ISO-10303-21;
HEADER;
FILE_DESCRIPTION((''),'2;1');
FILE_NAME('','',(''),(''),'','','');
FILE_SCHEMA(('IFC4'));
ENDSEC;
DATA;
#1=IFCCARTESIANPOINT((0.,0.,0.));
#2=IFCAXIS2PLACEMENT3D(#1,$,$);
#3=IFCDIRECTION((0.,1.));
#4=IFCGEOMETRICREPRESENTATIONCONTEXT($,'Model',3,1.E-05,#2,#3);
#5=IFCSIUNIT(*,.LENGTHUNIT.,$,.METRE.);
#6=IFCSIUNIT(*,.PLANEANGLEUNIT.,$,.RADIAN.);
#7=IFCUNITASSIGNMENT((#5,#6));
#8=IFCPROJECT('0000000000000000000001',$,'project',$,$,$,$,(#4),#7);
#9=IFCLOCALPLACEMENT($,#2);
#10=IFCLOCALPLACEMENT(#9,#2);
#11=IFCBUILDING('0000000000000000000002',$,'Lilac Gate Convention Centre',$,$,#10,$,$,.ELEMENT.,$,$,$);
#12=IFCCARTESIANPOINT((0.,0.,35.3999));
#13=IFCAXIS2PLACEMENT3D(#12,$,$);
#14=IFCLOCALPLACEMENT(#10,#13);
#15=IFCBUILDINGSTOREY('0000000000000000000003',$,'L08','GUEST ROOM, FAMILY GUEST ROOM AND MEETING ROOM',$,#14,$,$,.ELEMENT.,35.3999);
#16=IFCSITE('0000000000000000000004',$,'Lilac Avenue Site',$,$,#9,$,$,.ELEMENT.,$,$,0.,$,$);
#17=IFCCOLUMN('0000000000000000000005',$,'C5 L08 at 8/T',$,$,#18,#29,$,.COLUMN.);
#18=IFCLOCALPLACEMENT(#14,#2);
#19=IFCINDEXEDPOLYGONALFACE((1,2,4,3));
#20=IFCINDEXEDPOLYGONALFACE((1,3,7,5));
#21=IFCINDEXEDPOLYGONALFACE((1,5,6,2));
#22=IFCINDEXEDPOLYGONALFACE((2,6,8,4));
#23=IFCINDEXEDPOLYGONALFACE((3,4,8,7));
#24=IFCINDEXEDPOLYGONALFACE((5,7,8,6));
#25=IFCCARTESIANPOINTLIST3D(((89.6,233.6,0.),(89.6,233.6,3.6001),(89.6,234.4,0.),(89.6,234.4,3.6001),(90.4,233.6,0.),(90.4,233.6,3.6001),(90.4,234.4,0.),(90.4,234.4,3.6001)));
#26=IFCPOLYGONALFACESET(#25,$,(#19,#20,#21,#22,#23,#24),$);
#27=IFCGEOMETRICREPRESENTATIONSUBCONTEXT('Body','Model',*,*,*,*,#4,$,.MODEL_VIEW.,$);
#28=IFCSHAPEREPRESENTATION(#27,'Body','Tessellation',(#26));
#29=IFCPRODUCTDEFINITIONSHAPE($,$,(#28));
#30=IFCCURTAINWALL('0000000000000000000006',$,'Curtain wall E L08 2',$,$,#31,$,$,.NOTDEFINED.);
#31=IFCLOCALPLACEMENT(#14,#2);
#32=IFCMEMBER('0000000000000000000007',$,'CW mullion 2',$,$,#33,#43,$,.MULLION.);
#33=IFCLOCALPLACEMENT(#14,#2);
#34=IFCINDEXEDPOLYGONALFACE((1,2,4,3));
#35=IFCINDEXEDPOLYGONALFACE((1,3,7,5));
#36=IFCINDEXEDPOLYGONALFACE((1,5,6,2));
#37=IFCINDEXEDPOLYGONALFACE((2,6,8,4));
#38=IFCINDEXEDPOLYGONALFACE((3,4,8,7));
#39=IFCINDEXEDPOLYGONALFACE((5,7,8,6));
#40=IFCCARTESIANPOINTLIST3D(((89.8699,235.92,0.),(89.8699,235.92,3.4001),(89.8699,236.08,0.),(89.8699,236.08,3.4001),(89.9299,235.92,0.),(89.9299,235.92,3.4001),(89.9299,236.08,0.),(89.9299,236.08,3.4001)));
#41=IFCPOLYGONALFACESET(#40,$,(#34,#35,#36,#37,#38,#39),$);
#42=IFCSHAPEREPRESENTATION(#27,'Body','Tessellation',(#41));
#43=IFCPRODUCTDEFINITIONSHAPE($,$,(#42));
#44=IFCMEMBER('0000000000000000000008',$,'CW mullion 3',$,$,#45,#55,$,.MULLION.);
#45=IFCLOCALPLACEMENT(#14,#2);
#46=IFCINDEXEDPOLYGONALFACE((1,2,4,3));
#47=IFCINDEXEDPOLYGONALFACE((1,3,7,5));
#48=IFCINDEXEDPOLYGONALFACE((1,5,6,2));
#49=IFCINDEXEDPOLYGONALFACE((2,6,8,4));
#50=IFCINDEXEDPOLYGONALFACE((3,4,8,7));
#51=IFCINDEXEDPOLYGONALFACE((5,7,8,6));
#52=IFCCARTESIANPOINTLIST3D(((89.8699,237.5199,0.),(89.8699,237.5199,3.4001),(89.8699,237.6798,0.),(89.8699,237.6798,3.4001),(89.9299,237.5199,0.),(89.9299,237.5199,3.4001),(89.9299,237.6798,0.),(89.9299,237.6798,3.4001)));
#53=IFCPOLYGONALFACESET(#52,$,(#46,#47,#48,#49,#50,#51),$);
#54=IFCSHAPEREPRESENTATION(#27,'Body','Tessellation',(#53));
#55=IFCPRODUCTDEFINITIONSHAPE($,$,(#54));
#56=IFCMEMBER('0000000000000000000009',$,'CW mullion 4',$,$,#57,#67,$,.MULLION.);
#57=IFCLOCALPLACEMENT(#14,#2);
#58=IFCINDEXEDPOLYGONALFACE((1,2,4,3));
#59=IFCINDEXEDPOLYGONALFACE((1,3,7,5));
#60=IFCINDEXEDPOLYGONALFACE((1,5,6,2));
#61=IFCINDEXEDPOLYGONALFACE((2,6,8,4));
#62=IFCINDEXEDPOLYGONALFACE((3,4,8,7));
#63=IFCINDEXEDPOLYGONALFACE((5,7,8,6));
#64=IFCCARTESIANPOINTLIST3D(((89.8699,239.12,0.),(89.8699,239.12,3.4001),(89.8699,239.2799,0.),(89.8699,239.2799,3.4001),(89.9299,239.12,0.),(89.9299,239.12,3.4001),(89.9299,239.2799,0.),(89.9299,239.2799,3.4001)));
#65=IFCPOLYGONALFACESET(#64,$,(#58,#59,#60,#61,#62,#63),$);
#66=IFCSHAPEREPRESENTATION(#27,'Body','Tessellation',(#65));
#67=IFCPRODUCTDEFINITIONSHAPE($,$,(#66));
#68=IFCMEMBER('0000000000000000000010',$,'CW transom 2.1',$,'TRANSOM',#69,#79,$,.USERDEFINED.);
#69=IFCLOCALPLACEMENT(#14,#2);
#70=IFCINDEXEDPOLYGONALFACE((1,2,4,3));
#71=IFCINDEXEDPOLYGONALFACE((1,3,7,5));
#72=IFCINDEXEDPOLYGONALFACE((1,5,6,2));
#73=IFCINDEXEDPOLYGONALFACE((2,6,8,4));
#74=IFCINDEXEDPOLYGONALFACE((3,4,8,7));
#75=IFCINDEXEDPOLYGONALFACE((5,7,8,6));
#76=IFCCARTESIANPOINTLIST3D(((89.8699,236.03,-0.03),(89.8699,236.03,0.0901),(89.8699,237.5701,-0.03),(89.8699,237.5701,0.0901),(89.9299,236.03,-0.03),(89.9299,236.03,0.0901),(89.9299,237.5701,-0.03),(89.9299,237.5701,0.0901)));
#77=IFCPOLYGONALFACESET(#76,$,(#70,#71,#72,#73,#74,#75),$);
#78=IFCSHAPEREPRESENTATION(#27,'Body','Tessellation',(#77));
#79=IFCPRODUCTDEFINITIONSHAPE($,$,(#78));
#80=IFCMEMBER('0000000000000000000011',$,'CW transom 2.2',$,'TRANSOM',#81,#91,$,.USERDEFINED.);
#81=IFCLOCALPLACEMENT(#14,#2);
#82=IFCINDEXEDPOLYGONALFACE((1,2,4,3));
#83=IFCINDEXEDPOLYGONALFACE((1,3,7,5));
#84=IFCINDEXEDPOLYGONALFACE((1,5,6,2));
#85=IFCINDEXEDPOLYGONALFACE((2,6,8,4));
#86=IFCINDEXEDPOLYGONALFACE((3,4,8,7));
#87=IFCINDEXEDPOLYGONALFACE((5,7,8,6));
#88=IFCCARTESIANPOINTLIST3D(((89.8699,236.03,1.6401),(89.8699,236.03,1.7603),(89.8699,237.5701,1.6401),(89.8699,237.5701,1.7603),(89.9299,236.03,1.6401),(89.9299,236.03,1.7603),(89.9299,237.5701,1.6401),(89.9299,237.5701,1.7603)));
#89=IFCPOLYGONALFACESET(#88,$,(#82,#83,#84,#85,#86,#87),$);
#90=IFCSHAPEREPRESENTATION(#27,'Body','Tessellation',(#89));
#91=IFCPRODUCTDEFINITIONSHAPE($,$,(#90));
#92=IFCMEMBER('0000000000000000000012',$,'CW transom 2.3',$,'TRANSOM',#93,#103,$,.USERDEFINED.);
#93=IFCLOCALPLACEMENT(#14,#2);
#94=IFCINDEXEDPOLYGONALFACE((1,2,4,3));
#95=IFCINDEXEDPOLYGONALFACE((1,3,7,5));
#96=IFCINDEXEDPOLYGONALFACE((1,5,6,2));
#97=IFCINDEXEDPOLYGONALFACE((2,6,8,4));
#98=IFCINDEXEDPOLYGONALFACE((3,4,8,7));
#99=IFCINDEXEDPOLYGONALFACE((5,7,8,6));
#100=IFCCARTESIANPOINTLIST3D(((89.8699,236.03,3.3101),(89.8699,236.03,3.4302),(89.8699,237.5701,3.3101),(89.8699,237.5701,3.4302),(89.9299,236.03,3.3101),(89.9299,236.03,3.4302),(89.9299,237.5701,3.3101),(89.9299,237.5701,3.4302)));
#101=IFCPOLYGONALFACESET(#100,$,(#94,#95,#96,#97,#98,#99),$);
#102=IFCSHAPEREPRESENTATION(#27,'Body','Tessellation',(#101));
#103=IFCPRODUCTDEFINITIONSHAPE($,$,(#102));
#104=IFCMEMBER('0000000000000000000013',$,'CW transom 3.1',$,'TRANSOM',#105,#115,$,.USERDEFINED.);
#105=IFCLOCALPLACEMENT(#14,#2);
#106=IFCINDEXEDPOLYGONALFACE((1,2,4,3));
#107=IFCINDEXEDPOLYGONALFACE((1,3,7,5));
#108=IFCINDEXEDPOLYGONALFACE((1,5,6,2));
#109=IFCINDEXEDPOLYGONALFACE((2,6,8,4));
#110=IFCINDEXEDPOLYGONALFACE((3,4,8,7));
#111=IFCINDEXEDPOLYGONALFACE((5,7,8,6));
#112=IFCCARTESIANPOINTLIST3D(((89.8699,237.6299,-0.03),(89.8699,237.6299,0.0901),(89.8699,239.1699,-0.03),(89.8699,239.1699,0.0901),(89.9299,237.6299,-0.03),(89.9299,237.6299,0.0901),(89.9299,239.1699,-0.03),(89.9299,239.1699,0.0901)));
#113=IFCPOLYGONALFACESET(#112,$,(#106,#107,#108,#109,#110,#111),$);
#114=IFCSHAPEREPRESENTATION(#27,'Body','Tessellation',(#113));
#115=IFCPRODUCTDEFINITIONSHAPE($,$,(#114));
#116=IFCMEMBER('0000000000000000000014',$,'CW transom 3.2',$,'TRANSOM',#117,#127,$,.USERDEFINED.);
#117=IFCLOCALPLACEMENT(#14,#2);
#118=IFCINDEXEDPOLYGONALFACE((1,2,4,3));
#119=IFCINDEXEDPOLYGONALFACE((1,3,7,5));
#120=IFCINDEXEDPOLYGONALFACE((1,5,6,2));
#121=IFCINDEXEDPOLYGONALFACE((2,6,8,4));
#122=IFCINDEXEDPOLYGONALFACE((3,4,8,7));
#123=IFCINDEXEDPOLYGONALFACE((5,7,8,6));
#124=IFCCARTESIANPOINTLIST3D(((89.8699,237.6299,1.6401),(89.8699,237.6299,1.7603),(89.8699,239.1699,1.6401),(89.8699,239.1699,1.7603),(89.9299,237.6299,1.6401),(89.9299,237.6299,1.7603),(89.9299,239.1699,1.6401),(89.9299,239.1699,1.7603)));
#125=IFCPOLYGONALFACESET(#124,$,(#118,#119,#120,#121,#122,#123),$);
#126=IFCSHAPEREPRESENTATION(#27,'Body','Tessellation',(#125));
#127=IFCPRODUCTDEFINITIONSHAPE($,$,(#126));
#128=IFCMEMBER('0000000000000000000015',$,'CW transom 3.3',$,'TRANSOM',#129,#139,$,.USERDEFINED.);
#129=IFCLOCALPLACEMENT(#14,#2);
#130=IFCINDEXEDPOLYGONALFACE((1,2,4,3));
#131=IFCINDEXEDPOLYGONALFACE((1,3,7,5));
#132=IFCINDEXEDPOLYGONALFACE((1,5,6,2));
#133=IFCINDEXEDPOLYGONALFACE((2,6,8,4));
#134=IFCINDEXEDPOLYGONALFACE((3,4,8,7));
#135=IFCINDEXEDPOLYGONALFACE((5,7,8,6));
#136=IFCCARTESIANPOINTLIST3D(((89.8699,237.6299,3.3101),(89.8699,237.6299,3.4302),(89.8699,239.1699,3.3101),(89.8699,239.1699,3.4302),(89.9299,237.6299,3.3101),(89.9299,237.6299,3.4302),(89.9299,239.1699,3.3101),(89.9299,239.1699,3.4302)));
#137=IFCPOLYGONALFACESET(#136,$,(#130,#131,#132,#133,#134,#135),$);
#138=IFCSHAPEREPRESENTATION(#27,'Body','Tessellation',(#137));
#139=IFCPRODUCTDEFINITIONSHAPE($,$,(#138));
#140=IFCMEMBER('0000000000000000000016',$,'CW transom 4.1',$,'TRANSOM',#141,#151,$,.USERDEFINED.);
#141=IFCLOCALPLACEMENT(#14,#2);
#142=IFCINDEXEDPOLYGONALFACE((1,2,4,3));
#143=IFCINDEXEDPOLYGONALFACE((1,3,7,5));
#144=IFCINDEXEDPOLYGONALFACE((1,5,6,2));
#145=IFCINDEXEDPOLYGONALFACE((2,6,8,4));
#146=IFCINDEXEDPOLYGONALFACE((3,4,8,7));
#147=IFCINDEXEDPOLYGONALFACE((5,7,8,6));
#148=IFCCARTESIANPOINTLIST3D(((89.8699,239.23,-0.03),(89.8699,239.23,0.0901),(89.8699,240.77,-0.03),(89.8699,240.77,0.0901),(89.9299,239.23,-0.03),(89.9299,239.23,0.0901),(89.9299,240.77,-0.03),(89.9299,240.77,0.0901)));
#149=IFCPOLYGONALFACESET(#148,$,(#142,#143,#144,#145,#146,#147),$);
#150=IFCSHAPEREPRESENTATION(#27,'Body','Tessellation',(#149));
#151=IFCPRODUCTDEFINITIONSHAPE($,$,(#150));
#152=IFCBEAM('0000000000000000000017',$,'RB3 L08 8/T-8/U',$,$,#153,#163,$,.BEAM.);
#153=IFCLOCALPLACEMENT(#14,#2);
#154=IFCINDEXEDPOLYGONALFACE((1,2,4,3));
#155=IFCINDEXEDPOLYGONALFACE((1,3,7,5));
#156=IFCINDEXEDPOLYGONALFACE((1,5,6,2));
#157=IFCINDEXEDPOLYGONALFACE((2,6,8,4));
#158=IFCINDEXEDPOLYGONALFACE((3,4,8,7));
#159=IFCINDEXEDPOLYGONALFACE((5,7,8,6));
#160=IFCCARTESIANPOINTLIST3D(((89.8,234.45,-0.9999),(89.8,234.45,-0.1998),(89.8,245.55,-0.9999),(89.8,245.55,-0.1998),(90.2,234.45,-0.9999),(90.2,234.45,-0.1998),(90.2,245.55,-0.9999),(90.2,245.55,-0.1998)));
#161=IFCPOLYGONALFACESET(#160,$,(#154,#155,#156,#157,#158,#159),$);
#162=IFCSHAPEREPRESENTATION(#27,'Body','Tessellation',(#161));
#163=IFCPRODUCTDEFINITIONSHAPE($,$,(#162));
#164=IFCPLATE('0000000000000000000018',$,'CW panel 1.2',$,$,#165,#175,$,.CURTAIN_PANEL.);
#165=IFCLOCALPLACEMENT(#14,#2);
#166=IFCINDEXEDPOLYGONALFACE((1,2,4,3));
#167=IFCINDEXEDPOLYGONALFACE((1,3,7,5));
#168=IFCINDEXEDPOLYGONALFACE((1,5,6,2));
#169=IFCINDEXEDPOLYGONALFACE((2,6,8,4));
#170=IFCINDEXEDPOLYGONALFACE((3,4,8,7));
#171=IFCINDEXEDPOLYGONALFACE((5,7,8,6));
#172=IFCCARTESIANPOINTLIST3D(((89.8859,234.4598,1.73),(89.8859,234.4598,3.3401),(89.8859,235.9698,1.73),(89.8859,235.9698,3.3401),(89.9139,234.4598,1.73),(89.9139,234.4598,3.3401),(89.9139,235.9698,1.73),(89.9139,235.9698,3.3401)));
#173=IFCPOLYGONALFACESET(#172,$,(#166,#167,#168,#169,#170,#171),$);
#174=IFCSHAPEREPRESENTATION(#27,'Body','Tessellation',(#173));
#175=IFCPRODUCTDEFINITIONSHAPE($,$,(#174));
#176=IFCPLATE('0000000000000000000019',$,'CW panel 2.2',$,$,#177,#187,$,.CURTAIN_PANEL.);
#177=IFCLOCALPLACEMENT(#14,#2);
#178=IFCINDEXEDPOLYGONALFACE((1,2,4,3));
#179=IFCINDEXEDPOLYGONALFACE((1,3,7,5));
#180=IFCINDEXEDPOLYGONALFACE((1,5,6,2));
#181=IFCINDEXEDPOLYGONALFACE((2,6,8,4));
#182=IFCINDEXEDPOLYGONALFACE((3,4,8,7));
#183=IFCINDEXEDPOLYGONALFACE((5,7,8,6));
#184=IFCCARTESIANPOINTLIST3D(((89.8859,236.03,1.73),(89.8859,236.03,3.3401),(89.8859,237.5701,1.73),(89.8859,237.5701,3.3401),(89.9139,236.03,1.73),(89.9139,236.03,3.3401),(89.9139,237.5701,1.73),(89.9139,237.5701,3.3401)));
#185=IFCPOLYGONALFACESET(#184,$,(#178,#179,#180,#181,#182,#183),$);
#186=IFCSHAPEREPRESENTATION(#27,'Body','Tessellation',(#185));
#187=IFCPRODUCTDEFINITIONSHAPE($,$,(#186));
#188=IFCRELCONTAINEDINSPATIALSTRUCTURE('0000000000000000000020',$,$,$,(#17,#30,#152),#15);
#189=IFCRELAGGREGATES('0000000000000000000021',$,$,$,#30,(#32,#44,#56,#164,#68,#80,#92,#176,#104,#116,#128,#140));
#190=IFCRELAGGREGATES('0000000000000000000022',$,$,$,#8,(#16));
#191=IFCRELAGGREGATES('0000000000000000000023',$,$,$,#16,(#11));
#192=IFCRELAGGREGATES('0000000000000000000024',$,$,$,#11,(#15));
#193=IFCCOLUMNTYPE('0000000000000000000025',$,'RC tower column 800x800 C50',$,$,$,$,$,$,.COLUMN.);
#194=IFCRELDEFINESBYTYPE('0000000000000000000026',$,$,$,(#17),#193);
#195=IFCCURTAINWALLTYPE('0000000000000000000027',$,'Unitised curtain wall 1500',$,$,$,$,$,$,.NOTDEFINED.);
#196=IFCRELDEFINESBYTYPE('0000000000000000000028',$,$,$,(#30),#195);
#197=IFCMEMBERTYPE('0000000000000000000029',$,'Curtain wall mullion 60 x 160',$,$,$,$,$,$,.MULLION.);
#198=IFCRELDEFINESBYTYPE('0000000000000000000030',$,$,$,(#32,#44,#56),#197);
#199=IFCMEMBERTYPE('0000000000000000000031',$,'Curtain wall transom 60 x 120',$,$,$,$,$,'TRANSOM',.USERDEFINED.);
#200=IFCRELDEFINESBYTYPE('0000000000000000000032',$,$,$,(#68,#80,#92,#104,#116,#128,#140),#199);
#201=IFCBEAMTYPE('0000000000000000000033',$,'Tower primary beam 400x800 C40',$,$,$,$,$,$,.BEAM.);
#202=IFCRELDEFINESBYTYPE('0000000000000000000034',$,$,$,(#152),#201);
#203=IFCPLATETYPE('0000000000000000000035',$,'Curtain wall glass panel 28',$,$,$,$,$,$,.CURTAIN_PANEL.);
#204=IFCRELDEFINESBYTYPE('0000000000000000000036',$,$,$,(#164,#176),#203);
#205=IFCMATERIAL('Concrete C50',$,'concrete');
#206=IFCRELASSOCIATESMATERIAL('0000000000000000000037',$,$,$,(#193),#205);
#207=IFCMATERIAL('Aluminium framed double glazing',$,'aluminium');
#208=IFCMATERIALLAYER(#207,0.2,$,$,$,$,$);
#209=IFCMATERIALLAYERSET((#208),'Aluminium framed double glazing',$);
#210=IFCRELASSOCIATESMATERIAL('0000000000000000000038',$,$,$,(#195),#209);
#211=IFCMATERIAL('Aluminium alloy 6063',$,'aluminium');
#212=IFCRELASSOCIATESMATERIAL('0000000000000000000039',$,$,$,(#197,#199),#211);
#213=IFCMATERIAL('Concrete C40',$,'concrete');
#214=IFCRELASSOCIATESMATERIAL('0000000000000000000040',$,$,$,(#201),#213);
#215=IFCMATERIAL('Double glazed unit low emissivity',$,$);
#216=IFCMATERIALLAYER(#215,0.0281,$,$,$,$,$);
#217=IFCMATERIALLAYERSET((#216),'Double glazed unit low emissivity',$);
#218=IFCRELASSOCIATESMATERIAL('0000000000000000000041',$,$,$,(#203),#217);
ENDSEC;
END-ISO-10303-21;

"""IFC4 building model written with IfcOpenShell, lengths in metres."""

from ifc_helpers import new_model, si_unit, direction, frame, origin, origin_2d, place, context, subcontext, project, spatial, rectangle, extrude, material, layer, layer_set, material_profile, profile_set, type_object, element, aggregate, save


model = new_model("IFC4")

# Units and contexts
model_context = context("Model", 3, precision=1e-05, world=origin(), true_north=direction((0.0, 1.0)))
body_context = subcontext(model_context, "Body", "Model", "MODEL_VIEW")
ifc_project = project(units=[si_unit("LENGTHUNIT", "METRE"), si_unit("PLANEANGLEUNIT", "RADIAN")], contexts=[model_context])

# Site, building, storey
site_placement = place(None, origin())
site = spatial("IfcSite", under=ifc_project, at=site_placement, Name="Lilac Avenue Site", CompositionType="ELEMENT", RefElevation=0.0)
building_placement = place(site_placement, origin())
building = spatial("IfcBuilding", under=site, at=building_placement, Name="Lilac Gate Convention Centre", CompositionType="ELEMENT")
storey_placement = place(building_placement, frame((0.0, 0.0, 35.3999)))
storey = spatial("IfcBuildingStorey", under=building, at=storey_placement, Name="L08", Description="GUEST ROOM, FAMILY GUEST ROOM AND MEETING ROOM", CompositionType="ELEMENT", Elevation=35.3999)

# Column
ifc_material_1 = material(Name="Concrete C50", Category="concrete")
ifc_material_profile_1 = material_profile(ifc_material_1, rectangle(XDim=0.8, YDim=0.8, at=origin_2d()), Name="RC 800x800")
ifc_profile_set_1 = profile_set([ifc_material_profile_1], Name="Concrete C50")
column_type = type_object("IfcColumnType", Name="RC tower column 800x800 C50", PredefinedType="COLUMN", material=ifc_profile_set_1)
column_placement = place(storey_placement, frame((90.0, 234.0, 0.0), z_axis=(0.0, 0.0, 1.0), x_axis=(1.0, 0.0, 0.0)))
element("IfcColumn", 1, at=column_placement, inside=storey, type_object=column_type, Name="C5 L08 at 8/T", PredefinedType="COLUMN", context=body_context, shape_type="SweptSolid", body=[
    extrude(rectangle(XDim=0.8, YDim=0.8, at=origin_2d()), origin(), (0.0, 0.0, 1.0), 3.6001),
])

# Curtain wall, members
ifc_material_2 = material(Name="Aluminium framed double glazing", Category="aluminium")
ifc_layer_1 = layer(ifc_material_2, 0.2)
ifc_layer_set_1 = layer_set([ifc_layer_1], Name="Aluminium framed double glazing")
curtain_wall_type = type_object("IfcCurtainWallType", Name="Unitised curtain wall 1500", PredefinedType="NOTDEFINED", material=ifc_layer_set_1)
curtain_wall_placement = place(storey_placement, origin())
curtain_wall = element("IfcCurtainWall", 2, at=curtain_wall_placement, inside=storey, type_object=curtain_wall_type, Name="Curtain wall E L08 2", PredefinedType="NOTDEFINED")
ifc_material_3 = material(Name="Aluminium alloy 6063", Category="aluminium")
ifc_material_profile_2 = material_profile(ifc_material_3, rectangle(XDim=0.0601, YDim=0.1599, at=origin_2d()), Name="Curtain wall mullion 60 x 160")
ifc_profile_set_2 = profile_set([ifc_material_profile_2], Name="Aluminium alloy 6063")
member_type_1 = type_object("IfcMemberType", Name="Curtain wall mullion 60 x 160", PredefinedType="MULLION", material=ifc_profile_set_2)
member_1_placement = place(storey_placement, frame((89.8999, 236.0, 0.0), z_axis=(0.0, 0.0, 1.0), x_axis=(-1.0, 0.0, 0.0)))
member_1 = element("IfcMember", 3, at=member_1_placement, type_object=member_type_1, Name="CW mullion 2", PredefinedType="MULLION", context=body_context, shape_type="SweptSolid", body=[
    extrude(rectangle(XDim=0.0601, YDim=0.1599, at=origin_2d()), origin(), (0.0, 0.0, 1.0), 3.4001),
])
member_2_placement = place(storey_placement, frame((89.8999, 237.5999, 0.0), z_axis=(0.0, 0.0, 1.0), x_axis=(-1.0, 0.0, 0.0)))
member_2 = element("IfcMember", 4, at=member_2_placement, type_object=member_type_1, Name="CW mullion 3", PredefinedType="MULLION", context=body_context, shape_type="SweptSolid", body=[
    extrude(rectangle(XDim=0.0601, YDim=0.1599, at=origin_2d()), origin(), (0.0, 0.0, 1.0), 3.4001),
])
member_3_placement = place(storey_placement, frame((89.8999, 239.2, 0.0), z_axis=(0.0, 0.0, 1.0), x_axis=(-1.0, 0.0, 0.0)))
member_3 = element("IfcMember", 5, at=member_3_placement, type_object=member_type_1, Name="CW mullion 4", PredefinedType="MULLION", context=body_context, shape_type="SweptSolid", body=[
    extrude(rectangle(XDim=0.0601, YDim=0.1599, at=origin_2d()), origin(), (0.0, 0.0, 1.0), 3.4001),
])
ifc_material_profile_3 = material_profile(ifc_material_3, rectangle(XDim=0.0601, YDim=0.1201, at=origin_2d()), Name="Curtain wall transom 60 x 120")
ifc_profile_set_3 = profile_set([ifc_material_profile_3], Name="Aluminium alloy 6063")
member_type_2 = type_object("IfcMemberType", Name="Curtain wall transom 60 x 120", ElementType="TRANSOM", PredefinedType="USERDEFINED", material=ifc_profile_set_3)
member_4_placement = place(storey_placement, frame((89.8999, 236.03, 0.03), z_axis=(0.0, 1.0, 0.0), x_axis=(-1.0, 0.0, 0.0)))
member_4 = element("IfcMember", 6, at=member_4_placement, type_object=member_type_2, Name="CW transom 2.1", ObjectType="TRANSOM", PredefinedType="USERDEFINED", context=body_context, shape_type="SweptSolid", body=[
    extrude(rectangle(XDim=0.0601, YDim=0.1201, at=origin_2d()), origin(), (0.0, 0.0, 1.0), 1.54),
])
member_5_placement = place(storey_placement, frame((89.8999, 236.03, 1.7002), z_axis=(0.0, 1.0, 0.0), x_axis=(-1.0, 0.0, 0.0)))
member_5 = element("IfcMember", 7, at=member_5_placement, type_object=member_type_2, Name="CW transom 2.2", ObjectType="TRANSOM", PredefinedType="USERDEFINED", context=body_context, shape_type="SweptSolid", body=[
    extrude(rectangle(XDim=0.0601, YDim=0.1201, at=origin_2d()), origin(), (0.0, 0.0, 1.0), 1.54),
])
member_6_placement = place(storey_placement, frame((89.8999, 236.03, 3.3701), z_axis=(0.0, 1.0, 0.0), x_axis=(-1.0, 0.0, 0.0)))
member_6 = element("IfcMember", 8, at=member_6_placement, type_object=member_type_2, Name="CW transom 2.3", ObjectType="TRANSOM", PredefinedType="USERDEFINED", context=body_context, shape_type="SweptSolid", body=[
    extrude(rectangle(XDim=0.0601, YDim=0.1201, at=origin_2d()), origin(), (0.0, 0.0, 1.0), 1.54),
])
member_7_placement = place(storey_placement, frame((89.8999, 237.6299, 0.03), z_axis=(0.0, 1.0, 0.0), x_axis=(-1.0, 0.0, 0.0)))
member_7 = element("IfcMember", 9, at=member_7_placement, type_object=member_type_2, Name="CW transom 3.1", ObjectType="TRANSOM", PredefinedType="USERDEFINED", context=body_context, shape_type="SweptSolid", body=[
    extrude(rectangle(XDim=0.0601, YDim=0.1201, at=origin_2d()), origin(), (0.0, 0.0, 1.0), 1.54),
])
member_8_placement = place(storey_placement, frame((89.8999, 237.6299, 1.7002), z_axis=(0.0, 1.0, 0.0), x_axis=(-1.0, 0.0, 0.0)))
member_8 = element("IfcMember", 10, at=member_8_placement, type_object=member_type_2, Name="CW transom 3.2", ObjectType="TRANSOM", PredefinedType="USERDEFINED", context=body_context, shape_type="SweptSolid", body=[
    extrude(rectangle(XDim=0.0601, YDim=0.1201, at=origin_2d()), origin(), (0.0, 0.0, 1.0), 1.54),
])
member_9_placement = place(storey_placement, frame((89.8999, 237.6299, 3.3701), z_axis=(0.0, 1.0, 0.0), x_axis=(-1.0, 0.0, 0.0)))
member_9 = element("IfcMember", 11, at=member_9_placement, type_object=member_type_2, Name="CW transom 3.3", ObjectType="TRANSOM", PredefinedType="USERDEFINED", context=body_context, shape_type="SweptSolid", body=[
    extrude(rectangle(XDim=0.0601, YDim=0.1201, at=origin_2d()), origin(), (0.0, 0.0, 1.0), 1.54),
])
member_10_placement = place(storey_placement, frame((89.8999, 239.23, 0.03), z_axis=(0.0, 1.0, 0.0), x_axis=(-1.0, 0.0, 0.0)))
member_10 = element("IfcMember", 12, at=member_10_placement, type_object=member_type_2, Name="CW transom 4.1", ObjectType="TRANSOM", PredefinedType="USERDEFINED", context=body_context, shape_type="SweptSolid", body=[
    extrude(rectangle(XDim=0.0601, YDim=0.1201, at=origin_2d()), origin(), (0.0, 0.0, 1.0), 1.54),
])

# Beam
ifc_material_4 = material(Name="Concrete C40", Category="concrete")
ifc_material_profile_4 = material_profile(ifc_material_4, rectangle(XDim=0.3999, YDim=0.8, at=origin_2d()), Name="RC 400x800")
ifc_profile_set_4 = profile_set([ifc_material_profile_4], Name="Concrete C40")
beam_type = type_object("IfcBeamType", Name="Tower primary beam 400x800 C40", PredefinedType="BEAM", material=ifc_profile_set_4)
beam_placement = place(storey_placement, frame((90.0, 234.45, -0.5999), z_axis=(0.0, 1.0, 0.0), x_axis=(-1.0, 0.0, 0.0)))
element("IfcBeam", 13, at=beam_placement, inside=storey, type_object=beam_type, Name="RB3 L08 8/T-8/U", PredefinedType="BEAM", context=body_context, shape_type="SweptSolid", body=[
    extrude(rectangle(XDim=0.3999, YDim=0.8, at=origin_2d()), origin(), (0.0, 0.0, 1.0), 11.1001),
])

# Plates
ifc_material_5 = material(Name="Double glazed unit low emissivity")
ifc_layer_2 = layer(ifc_material_5, 0.0281)
ifc_layer_set_2 = layer_set([ifc_layer_2], Name="Double glazed unit low emissivity")
plate_type_1 = type_object("IfcPlateType", Name="Curtain wall glass panel 28", PredefinedType="CURTAIN_PANEL", material=ifc_layer_set_2)
plate_1_placement = place(storey_placement, frame((89.8999, 235.2148, 1.73), z_axis=(0.0, 0.0, 1.0), x_axis=(0.0, 1.0, 0.0)))
plate_1 = element("IfcPlate", 14, at=plate_1_placement, type_object=plate_type_1, Name="CW panel 1.2", PredefinedType="CURTAIN_PANEL", context=body_context, shape_type="SweptSolid", body=[
    extrude(rectangle(XDim=1.51, YDim=0.0281, at=origin_2d()), origin(), (0.0, 0.0, 1.0), 1.6101),
])
plate_2_placement = place(storey_placement, frame((89.8999, 236.8, 1.73), z_axis=(0.0, 0.0, 1.0), x_axis=(0.0, 1.0, 0.0)))
plate_2 = element("IfcPlate", 15, at=plate_2_placement, type_object=plate_type_1, Name="CW panel 2.2", PredefinedType="CURTAIN_PANEL", context=body_context, shape_type="SweptSolid", body=[
    extrude(rectangle(XDim=1.54, YDim=0.0281, at=origin_2d()), origin(), (0.0, 0.0, 1.0), 1.6101),
])
aggregate(curtain_wall, [member_1, member_2, member_3, plate_1, member_4, member_5, member_6, plate_2, member_7, member_8, member_9, member_10])

save(model, "model.ifc")
